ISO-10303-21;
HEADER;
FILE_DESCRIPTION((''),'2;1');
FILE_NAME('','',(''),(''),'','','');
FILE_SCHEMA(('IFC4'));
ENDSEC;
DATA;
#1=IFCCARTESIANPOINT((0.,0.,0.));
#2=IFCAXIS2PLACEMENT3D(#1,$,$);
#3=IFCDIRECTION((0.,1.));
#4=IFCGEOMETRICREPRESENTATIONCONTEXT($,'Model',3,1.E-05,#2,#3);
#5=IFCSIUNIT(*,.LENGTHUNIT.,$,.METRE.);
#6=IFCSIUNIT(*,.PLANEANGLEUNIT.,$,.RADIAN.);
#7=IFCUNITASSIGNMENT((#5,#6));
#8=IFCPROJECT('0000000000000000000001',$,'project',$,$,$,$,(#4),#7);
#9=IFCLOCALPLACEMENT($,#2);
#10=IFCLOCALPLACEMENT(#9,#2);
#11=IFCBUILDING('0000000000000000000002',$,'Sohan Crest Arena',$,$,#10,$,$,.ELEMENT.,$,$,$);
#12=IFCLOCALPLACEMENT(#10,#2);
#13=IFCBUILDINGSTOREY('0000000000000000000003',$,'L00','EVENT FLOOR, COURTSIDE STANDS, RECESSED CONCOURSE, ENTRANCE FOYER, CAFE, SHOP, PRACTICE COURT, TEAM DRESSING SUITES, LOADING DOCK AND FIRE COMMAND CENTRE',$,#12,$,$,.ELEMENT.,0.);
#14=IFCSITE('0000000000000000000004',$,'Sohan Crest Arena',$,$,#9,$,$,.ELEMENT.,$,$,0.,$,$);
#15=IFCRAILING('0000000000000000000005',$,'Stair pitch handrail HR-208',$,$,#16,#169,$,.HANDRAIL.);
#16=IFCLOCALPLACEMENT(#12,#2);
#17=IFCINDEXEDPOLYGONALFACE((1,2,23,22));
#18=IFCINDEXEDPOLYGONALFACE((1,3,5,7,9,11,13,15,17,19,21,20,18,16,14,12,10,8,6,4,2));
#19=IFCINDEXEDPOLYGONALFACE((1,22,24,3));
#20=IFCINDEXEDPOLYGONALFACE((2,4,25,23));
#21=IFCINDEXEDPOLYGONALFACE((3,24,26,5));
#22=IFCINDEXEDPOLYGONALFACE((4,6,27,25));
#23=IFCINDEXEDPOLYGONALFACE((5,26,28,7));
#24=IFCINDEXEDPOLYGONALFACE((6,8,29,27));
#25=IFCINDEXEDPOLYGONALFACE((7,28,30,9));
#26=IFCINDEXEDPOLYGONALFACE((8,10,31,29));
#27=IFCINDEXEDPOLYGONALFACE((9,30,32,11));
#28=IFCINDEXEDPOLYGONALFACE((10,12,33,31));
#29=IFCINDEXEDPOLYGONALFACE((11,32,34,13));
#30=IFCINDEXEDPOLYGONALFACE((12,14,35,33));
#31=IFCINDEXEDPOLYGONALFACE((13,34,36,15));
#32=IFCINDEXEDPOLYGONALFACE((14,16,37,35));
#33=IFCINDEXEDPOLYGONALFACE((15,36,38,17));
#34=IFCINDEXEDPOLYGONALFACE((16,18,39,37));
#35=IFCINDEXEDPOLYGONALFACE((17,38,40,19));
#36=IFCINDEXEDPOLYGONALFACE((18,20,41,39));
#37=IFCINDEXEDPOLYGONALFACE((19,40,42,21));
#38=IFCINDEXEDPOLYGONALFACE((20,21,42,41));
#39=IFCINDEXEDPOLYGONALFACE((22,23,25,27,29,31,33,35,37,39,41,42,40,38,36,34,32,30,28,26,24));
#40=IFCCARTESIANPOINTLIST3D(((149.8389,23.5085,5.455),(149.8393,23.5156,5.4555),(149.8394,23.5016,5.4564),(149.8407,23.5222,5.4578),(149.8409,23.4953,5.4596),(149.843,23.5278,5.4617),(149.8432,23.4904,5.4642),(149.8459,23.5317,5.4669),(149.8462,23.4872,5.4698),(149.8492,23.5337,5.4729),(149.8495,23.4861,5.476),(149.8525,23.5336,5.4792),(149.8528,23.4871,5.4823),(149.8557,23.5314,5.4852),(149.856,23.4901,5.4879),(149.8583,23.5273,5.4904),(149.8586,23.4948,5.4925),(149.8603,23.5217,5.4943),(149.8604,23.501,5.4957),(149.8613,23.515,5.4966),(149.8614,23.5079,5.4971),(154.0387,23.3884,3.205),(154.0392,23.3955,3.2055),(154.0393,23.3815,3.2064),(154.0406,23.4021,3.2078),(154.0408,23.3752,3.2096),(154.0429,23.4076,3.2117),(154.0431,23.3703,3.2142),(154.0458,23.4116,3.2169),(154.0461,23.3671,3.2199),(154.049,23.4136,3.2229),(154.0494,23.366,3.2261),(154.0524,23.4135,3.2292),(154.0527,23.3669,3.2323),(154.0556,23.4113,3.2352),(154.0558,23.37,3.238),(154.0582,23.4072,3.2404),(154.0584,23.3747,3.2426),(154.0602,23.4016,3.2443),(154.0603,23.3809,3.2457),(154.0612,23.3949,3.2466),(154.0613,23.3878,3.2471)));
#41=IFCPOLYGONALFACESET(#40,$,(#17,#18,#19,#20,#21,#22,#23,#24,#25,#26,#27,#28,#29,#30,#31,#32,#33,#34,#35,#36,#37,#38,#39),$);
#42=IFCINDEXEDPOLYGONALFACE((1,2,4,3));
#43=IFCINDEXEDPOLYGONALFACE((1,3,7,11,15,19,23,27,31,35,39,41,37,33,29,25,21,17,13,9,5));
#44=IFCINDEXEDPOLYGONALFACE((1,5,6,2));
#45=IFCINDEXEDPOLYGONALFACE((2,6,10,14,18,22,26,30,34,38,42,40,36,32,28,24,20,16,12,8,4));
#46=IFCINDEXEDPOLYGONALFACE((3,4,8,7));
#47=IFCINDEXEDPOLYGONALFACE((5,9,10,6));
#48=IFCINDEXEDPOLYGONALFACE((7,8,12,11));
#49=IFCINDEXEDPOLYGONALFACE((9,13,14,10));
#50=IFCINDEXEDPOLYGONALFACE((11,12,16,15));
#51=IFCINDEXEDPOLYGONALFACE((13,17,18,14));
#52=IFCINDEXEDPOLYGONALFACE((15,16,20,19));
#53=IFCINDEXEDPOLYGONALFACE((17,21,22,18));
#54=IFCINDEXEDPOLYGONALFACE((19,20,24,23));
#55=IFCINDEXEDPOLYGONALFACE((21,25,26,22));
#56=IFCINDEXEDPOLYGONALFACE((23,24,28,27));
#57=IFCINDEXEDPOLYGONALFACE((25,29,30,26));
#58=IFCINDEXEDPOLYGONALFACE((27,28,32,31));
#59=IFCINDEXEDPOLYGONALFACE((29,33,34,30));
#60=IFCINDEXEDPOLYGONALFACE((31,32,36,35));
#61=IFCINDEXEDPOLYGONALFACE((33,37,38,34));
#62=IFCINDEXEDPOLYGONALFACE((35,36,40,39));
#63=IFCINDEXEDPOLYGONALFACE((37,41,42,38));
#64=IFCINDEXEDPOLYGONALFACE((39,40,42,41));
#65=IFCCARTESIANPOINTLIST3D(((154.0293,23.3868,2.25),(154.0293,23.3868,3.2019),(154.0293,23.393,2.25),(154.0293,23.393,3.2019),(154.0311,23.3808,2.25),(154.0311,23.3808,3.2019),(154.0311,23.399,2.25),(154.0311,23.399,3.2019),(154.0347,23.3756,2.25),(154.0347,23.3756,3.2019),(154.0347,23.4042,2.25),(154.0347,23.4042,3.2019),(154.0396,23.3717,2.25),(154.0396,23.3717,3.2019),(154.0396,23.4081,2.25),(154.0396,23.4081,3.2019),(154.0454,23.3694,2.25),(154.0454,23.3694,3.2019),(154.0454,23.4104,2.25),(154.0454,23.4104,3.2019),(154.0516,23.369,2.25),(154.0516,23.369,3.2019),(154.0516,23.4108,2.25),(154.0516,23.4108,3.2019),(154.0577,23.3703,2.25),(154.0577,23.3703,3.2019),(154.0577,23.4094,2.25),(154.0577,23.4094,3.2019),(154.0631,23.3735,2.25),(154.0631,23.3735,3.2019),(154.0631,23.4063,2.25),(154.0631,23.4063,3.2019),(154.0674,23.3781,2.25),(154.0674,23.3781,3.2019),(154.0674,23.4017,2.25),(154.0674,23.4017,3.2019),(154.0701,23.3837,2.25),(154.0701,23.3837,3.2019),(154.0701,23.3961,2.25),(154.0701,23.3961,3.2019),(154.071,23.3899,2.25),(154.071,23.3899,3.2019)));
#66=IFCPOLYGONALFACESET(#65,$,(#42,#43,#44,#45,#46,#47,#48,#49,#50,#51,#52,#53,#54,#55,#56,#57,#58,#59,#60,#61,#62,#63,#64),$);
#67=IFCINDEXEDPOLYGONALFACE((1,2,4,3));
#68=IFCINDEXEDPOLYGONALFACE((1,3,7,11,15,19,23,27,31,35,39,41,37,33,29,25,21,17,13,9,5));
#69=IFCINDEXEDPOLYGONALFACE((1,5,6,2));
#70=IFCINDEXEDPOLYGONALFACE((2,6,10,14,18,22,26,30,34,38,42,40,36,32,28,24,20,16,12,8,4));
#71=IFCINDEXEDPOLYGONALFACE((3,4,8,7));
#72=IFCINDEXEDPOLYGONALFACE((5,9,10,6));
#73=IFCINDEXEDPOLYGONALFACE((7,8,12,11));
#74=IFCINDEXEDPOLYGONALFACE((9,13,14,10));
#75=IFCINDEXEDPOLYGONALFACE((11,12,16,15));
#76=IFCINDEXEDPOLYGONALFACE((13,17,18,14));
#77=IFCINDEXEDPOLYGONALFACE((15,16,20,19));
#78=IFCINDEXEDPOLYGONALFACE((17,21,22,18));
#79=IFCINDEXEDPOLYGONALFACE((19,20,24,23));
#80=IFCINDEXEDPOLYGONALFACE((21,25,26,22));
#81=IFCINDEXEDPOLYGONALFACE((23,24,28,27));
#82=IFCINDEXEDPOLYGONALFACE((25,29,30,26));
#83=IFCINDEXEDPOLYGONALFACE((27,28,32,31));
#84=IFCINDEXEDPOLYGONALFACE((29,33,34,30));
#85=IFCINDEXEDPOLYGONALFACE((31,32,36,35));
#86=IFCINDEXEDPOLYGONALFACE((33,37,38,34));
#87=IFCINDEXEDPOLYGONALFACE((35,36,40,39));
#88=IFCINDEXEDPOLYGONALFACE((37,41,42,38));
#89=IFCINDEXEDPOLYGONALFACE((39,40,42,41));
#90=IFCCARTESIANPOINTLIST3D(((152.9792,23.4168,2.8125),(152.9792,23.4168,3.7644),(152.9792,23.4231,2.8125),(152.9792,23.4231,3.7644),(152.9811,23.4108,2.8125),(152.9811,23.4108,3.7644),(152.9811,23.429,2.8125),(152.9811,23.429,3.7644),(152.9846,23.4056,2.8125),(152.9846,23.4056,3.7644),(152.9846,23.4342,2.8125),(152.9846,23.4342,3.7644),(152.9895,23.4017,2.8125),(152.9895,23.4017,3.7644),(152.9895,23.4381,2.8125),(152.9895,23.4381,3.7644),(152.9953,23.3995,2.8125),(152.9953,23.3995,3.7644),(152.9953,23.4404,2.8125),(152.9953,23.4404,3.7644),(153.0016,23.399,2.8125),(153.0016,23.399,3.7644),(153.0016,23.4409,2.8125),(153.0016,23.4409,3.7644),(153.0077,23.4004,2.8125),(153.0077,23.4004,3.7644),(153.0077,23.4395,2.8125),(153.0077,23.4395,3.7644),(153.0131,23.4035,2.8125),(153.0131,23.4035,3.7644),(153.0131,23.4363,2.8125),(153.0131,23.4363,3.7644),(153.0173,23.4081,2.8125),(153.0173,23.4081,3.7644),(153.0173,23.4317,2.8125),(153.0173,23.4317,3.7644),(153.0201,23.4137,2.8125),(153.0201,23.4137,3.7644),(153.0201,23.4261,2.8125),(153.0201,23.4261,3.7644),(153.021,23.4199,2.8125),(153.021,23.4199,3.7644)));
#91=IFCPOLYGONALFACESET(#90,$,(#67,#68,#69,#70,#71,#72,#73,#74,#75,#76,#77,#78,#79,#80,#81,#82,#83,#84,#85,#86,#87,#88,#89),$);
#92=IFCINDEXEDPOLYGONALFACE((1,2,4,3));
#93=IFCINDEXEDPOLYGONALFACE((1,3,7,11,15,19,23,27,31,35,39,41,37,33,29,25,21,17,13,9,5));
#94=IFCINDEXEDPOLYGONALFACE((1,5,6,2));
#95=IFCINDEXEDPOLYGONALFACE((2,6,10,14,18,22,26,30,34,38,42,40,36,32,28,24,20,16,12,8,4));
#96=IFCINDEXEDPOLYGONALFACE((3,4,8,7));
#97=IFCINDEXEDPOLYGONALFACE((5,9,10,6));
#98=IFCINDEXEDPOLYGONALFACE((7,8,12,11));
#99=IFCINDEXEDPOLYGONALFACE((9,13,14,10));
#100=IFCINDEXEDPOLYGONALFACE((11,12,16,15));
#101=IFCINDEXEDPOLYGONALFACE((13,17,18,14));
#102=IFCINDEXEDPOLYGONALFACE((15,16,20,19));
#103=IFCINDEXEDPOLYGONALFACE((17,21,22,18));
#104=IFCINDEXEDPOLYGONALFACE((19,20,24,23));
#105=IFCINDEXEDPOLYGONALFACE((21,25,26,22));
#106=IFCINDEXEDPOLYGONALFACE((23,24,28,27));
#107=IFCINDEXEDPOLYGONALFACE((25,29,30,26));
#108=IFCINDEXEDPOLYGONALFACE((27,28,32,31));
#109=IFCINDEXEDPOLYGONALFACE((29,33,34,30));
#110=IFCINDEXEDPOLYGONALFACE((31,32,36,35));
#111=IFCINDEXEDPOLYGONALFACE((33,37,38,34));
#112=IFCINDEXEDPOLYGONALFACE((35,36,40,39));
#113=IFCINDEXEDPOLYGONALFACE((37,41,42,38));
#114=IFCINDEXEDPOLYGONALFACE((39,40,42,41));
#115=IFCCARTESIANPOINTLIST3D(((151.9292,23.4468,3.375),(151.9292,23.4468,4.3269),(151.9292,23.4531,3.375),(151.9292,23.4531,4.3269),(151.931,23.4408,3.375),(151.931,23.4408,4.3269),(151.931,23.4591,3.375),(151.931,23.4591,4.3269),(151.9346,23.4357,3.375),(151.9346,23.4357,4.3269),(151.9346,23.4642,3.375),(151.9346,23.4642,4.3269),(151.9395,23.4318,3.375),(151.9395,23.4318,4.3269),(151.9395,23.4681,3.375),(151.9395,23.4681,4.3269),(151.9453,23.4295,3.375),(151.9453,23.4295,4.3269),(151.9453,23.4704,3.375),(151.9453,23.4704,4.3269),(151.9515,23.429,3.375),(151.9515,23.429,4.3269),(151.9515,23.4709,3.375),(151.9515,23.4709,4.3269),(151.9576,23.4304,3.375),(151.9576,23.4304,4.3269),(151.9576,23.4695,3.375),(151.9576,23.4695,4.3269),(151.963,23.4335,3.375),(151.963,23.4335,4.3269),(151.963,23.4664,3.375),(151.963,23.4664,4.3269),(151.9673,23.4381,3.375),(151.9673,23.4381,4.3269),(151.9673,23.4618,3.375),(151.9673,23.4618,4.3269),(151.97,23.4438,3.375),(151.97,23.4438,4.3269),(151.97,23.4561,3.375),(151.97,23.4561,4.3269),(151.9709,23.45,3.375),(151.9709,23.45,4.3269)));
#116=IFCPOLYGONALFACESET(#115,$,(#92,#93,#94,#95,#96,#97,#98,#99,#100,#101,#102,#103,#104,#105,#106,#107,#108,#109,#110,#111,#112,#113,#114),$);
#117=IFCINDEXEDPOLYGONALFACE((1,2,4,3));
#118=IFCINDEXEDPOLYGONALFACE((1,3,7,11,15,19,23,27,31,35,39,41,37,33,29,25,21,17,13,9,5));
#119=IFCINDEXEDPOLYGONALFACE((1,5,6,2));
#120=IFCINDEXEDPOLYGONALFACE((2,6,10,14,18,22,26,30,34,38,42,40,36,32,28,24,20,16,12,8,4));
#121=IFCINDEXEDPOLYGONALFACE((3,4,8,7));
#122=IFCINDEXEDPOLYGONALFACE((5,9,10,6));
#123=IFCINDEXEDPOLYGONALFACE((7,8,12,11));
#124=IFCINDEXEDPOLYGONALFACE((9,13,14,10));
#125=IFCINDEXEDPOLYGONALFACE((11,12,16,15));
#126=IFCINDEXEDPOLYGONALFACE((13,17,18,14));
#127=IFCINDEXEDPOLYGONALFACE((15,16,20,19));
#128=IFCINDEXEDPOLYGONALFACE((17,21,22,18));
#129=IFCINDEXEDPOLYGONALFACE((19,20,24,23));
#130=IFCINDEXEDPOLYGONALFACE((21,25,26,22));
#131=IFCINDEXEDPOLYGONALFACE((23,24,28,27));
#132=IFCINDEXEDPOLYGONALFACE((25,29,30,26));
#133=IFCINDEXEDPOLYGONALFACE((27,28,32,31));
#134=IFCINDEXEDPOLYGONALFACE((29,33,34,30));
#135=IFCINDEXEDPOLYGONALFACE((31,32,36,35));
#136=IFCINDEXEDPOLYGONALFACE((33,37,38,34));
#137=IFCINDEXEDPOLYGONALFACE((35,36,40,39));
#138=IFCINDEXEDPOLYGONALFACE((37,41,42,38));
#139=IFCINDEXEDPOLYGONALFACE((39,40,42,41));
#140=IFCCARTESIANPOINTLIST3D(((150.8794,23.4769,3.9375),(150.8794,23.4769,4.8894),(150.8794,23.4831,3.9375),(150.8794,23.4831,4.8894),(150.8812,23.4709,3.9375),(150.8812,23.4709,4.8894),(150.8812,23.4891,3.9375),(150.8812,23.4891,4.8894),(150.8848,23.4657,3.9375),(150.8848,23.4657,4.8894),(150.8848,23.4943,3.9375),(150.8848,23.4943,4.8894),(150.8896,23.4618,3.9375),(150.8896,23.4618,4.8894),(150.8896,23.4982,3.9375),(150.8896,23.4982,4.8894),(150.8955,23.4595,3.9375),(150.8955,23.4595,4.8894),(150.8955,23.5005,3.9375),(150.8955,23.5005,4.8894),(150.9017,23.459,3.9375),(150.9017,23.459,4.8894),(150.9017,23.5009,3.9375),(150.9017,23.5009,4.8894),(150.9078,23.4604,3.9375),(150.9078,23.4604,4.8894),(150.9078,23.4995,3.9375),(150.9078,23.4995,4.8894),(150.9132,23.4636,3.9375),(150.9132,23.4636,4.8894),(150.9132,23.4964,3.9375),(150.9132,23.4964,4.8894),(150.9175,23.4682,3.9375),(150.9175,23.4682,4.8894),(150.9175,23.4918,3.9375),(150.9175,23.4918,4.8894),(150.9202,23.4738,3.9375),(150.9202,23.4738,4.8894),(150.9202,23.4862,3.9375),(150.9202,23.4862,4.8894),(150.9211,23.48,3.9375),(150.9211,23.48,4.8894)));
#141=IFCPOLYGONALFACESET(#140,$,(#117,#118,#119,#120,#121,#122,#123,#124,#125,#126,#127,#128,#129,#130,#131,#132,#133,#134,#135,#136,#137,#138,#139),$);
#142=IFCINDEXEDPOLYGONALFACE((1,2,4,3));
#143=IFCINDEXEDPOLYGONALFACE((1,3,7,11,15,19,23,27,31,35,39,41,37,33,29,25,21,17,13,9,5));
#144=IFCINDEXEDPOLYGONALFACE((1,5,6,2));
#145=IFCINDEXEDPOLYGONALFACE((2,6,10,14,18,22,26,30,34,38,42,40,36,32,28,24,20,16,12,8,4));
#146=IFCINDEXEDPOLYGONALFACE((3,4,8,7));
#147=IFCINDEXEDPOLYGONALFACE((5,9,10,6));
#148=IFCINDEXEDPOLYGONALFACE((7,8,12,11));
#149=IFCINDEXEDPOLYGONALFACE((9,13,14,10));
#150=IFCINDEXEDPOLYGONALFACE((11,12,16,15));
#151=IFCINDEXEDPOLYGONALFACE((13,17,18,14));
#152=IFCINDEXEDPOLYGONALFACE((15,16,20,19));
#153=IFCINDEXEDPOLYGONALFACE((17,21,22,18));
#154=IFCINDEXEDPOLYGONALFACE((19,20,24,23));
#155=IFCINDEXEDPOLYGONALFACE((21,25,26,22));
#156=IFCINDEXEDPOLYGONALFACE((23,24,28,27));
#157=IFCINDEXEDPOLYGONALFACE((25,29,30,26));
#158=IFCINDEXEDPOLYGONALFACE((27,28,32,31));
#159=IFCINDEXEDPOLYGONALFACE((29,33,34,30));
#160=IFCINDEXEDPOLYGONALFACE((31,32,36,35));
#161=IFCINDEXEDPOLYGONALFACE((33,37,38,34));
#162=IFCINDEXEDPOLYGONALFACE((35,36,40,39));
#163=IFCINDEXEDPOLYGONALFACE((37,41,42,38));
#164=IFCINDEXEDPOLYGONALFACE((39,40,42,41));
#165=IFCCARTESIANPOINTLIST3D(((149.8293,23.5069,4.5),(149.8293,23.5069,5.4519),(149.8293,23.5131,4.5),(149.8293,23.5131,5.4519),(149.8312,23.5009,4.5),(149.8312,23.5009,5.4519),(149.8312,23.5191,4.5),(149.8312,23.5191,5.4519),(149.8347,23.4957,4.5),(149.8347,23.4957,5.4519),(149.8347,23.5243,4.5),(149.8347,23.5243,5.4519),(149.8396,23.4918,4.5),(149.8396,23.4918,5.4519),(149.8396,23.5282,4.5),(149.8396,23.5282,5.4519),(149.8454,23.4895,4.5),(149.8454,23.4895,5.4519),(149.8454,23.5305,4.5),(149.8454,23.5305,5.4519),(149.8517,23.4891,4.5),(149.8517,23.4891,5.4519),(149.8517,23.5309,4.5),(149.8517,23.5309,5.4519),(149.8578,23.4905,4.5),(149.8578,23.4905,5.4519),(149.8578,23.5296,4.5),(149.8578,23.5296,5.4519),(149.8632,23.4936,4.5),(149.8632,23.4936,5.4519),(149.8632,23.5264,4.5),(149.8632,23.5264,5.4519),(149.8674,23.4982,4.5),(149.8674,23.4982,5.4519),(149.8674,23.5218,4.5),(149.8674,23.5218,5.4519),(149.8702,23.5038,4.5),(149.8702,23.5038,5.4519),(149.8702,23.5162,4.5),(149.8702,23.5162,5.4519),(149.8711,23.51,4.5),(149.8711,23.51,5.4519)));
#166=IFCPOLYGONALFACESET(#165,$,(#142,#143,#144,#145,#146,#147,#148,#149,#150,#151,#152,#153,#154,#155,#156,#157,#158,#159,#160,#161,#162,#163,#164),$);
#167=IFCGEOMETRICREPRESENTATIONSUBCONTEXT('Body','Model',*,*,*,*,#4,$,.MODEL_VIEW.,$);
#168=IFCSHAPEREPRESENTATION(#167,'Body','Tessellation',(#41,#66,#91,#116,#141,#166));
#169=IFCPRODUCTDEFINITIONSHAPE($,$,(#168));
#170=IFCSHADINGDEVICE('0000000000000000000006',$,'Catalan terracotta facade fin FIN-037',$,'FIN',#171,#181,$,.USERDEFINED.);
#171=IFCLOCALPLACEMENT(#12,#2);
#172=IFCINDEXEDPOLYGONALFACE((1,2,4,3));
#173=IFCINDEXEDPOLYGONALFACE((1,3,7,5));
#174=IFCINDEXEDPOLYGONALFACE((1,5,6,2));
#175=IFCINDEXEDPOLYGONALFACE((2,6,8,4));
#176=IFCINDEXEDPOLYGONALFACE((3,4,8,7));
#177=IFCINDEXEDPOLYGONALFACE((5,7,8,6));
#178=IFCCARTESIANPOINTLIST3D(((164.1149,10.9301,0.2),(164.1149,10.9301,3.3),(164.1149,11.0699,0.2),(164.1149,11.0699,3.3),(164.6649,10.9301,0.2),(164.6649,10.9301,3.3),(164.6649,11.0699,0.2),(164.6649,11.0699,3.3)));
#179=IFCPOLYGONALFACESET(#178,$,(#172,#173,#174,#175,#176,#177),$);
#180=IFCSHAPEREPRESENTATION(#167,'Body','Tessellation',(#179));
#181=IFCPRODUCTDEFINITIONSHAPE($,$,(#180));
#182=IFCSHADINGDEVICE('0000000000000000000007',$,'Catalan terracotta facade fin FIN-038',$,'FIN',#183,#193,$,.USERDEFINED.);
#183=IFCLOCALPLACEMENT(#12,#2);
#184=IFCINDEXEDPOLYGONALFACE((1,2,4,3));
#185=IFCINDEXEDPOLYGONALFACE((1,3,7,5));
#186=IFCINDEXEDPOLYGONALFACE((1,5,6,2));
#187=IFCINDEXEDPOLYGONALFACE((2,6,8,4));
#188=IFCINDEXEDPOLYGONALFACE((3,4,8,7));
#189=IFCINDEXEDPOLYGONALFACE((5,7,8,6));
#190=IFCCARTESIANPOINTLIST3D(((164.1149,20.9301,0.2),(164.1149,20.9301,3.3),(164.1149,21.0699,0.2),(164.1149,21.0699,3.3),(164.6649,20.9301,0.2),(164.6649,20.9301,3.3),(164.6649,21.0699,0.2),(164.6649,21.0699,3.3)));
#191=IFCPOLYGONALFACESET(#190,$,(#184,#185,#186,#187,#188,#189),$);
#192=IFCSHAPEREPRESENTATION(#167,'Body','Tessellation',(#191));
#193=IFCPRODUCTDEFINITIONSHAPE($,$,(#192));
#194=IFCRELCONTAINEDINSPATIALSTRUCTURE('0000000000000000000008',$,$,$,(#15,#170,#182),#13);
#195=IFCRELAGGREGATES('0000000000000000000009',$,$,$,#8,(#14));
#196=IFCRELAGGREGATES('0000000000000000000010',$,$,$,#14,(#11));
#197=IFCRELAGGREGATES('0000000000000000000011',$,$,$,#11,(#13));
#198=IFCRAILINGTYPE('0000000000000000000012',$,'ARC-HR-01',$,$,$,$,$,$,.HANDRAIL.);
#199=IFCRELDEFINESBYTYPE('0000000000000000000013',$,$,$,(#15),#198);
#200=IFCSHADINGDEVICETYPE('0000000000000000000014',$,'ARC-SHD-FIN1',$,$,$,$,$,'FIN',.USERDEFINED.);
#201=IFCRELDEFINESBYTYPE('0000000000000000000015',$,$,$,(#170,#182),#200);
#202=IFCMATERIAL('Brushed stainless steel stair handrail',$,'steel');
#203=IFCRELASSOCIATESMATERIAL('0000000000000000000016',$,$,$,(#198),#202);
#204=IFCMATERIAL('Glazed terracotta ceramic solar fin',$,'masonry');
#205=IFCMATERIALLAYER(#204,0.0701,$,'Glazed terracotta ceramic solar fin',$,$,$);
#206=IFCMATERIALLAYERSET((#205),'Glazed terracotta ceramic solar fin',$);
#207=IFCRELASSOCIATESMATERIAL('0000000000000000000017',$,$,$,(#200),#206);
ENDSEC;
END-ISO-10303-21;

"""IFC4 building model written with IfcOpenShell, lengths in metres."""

from ifc_helpers import new_model, si_unit, direction, frame, origin, origin_2d, place, context, subcontext, project, spatial, rectangle, circle, extrude, material, layer, layer_set, type_object, element, save


model = new_model("IFC4")

# Units and contexts
model_context = context("Model", 3, precision=1e-05, world=origin(), true_north=direction((0.0, 1.0)))
body_context = subcontext(model_context, "Body", "Model", "MODEL_VIEW")
ifc_project = project(units=[si_unit("LENGTHUNIT", "METRE"), si_unit("PLANEANGLEUNIT", "RADIAN")], contexts=[model_context])

# Site, building, storey
site_placement = place(None, origin())
site = spatial("IfcSite", under=ifc_project, at=site_placement, Name="Sohan Crest Arena", CompositionType="ELEMENT", RefElevation=0.0)
building_placement = place(site_placement, origin())
building = spatial("IfcBuilding", under=site, at=building_placement, Name="Sohan Crest Arena", CompositionType="ELEMENT")
storey_placement = place(building_placement, origin())
storey = spatial("IfcBuildingStorey", under=building, at=storey_placement, Name="L00", Description="EVENT FLOOR, COURTSIDE STANDS, RECESSED CONCOURSE, ENTRANCE FOYER, CAFE, SHOP, PRACTICE COURT, TEAM DRESSING SUITES, LOADING DOCK AND FIRE COMMAND CENTRE", CompositionType="ELEMENT", Elevation=0.0)

# Railing
ifc_material_1 = material(Name="Brushed stainless steel stair handrail", Category="steel")
railing_type_1 = type_object("IfcRailingType", Name="ARC-HR-01", PredefinedType="HANDRAIL", material=ifc_material_1)
railing_1_placement = place(storey_placement, frame((154.05, 23.3899, 2.25)))
element("IfcRailing", 1, at=railing_1_placement, inside=storey, type_object=railing_type_1, Name="Stair pitch handrail HR-208", PredefinedType="HANDRAIL", context=body_context, shape_type="SweptSolid", body=[
    extrude(circle(Radius=0.0239, at=origin_2d()), frame((0.0, 0.0, 0.9761), z_axis=(-0.881198, 0.025202, 0.472076), x_axis=(-0.028588, -0.999591, 0.0)), (0.0, 0.0, 1.0), 4.7661),
    extrude(circle(Radius=0.021, at=origin_2d()), origin(), (0.0, 0.0, 1.0), 0.9519),
    extrude(circle(Radius=0.021, at=origin_2d()), frame((-1.05, 0.03, 0.5625)), (0.0, 0.0, 1.0), 0.9519),
    extrude(circle(Radius=0.021, at=origin_2d()), frame((-2.1001, 0.0601, 1.125)), (0.0, 0.0, 1.0), 0.9519),
    extrude(circle(Radius=0.021, at=origin_2d()), frame((-3.1499, 0.0901, 1.6875)), (0.0, 0.0, 1.0), 0.9519),
    extrude(circle(Radius=0.021, at=origin_2d()), frame((-4.2, 0.1201, 2.25)), (0.0, 0.0, 1.0), 0.9519),
])

# Shading devices
ifc_material_2 = material(Name="Glazed terracotta ceramic solar fin", Category="masonry")
ifc_layer_1 = layer(ifc_material_2, 0.0701, Name="Glazed terracotta ceramic solar fin")
ifc_layer_set_1 = layer_set([ifc_layer_1], Name="Glazed terracotta ceramic solar fin")
shading_device_type = type_object("IfcShadingDeviceType", Name="ARC-SHD-FIN1", ElementType="FIN", PredefinedType="USERDEFINED", material=ifc_layer_set_1)
for number, where, z_axis, x_axis, name in (
    (2, (164.3899, 11.0, 0.2), (0.0, 0.0, 1.0), (0.0, 1.0, 0.0), "Catalan terracotta facade fin FIN-037"),
    (3, (164.3899, 21.0, 0.2), (0.0, 0.0, 1.0), (0.0, 1.0, 0.0), "Catalan terracotta facade fin FIN-038"),
):
    element("IfcShadingDevice", number, at=place(storey_placement, frame(where, z_axis=z_axis, x_axis=x_axis)), inside=storey, type_object=shading_device_type, Name=name, ObjectType="FIN", PredefinedType="USERDEFINED", context=body_context, shape_type="SweptSolid", body=[
        extrude(rectangle(XDim=0.1399, YDim=0.55, at=origin_2d()), origin(), (0.0, 0.0, 1.0), 3.1001),
    ])

save(model, "model.ifc")
